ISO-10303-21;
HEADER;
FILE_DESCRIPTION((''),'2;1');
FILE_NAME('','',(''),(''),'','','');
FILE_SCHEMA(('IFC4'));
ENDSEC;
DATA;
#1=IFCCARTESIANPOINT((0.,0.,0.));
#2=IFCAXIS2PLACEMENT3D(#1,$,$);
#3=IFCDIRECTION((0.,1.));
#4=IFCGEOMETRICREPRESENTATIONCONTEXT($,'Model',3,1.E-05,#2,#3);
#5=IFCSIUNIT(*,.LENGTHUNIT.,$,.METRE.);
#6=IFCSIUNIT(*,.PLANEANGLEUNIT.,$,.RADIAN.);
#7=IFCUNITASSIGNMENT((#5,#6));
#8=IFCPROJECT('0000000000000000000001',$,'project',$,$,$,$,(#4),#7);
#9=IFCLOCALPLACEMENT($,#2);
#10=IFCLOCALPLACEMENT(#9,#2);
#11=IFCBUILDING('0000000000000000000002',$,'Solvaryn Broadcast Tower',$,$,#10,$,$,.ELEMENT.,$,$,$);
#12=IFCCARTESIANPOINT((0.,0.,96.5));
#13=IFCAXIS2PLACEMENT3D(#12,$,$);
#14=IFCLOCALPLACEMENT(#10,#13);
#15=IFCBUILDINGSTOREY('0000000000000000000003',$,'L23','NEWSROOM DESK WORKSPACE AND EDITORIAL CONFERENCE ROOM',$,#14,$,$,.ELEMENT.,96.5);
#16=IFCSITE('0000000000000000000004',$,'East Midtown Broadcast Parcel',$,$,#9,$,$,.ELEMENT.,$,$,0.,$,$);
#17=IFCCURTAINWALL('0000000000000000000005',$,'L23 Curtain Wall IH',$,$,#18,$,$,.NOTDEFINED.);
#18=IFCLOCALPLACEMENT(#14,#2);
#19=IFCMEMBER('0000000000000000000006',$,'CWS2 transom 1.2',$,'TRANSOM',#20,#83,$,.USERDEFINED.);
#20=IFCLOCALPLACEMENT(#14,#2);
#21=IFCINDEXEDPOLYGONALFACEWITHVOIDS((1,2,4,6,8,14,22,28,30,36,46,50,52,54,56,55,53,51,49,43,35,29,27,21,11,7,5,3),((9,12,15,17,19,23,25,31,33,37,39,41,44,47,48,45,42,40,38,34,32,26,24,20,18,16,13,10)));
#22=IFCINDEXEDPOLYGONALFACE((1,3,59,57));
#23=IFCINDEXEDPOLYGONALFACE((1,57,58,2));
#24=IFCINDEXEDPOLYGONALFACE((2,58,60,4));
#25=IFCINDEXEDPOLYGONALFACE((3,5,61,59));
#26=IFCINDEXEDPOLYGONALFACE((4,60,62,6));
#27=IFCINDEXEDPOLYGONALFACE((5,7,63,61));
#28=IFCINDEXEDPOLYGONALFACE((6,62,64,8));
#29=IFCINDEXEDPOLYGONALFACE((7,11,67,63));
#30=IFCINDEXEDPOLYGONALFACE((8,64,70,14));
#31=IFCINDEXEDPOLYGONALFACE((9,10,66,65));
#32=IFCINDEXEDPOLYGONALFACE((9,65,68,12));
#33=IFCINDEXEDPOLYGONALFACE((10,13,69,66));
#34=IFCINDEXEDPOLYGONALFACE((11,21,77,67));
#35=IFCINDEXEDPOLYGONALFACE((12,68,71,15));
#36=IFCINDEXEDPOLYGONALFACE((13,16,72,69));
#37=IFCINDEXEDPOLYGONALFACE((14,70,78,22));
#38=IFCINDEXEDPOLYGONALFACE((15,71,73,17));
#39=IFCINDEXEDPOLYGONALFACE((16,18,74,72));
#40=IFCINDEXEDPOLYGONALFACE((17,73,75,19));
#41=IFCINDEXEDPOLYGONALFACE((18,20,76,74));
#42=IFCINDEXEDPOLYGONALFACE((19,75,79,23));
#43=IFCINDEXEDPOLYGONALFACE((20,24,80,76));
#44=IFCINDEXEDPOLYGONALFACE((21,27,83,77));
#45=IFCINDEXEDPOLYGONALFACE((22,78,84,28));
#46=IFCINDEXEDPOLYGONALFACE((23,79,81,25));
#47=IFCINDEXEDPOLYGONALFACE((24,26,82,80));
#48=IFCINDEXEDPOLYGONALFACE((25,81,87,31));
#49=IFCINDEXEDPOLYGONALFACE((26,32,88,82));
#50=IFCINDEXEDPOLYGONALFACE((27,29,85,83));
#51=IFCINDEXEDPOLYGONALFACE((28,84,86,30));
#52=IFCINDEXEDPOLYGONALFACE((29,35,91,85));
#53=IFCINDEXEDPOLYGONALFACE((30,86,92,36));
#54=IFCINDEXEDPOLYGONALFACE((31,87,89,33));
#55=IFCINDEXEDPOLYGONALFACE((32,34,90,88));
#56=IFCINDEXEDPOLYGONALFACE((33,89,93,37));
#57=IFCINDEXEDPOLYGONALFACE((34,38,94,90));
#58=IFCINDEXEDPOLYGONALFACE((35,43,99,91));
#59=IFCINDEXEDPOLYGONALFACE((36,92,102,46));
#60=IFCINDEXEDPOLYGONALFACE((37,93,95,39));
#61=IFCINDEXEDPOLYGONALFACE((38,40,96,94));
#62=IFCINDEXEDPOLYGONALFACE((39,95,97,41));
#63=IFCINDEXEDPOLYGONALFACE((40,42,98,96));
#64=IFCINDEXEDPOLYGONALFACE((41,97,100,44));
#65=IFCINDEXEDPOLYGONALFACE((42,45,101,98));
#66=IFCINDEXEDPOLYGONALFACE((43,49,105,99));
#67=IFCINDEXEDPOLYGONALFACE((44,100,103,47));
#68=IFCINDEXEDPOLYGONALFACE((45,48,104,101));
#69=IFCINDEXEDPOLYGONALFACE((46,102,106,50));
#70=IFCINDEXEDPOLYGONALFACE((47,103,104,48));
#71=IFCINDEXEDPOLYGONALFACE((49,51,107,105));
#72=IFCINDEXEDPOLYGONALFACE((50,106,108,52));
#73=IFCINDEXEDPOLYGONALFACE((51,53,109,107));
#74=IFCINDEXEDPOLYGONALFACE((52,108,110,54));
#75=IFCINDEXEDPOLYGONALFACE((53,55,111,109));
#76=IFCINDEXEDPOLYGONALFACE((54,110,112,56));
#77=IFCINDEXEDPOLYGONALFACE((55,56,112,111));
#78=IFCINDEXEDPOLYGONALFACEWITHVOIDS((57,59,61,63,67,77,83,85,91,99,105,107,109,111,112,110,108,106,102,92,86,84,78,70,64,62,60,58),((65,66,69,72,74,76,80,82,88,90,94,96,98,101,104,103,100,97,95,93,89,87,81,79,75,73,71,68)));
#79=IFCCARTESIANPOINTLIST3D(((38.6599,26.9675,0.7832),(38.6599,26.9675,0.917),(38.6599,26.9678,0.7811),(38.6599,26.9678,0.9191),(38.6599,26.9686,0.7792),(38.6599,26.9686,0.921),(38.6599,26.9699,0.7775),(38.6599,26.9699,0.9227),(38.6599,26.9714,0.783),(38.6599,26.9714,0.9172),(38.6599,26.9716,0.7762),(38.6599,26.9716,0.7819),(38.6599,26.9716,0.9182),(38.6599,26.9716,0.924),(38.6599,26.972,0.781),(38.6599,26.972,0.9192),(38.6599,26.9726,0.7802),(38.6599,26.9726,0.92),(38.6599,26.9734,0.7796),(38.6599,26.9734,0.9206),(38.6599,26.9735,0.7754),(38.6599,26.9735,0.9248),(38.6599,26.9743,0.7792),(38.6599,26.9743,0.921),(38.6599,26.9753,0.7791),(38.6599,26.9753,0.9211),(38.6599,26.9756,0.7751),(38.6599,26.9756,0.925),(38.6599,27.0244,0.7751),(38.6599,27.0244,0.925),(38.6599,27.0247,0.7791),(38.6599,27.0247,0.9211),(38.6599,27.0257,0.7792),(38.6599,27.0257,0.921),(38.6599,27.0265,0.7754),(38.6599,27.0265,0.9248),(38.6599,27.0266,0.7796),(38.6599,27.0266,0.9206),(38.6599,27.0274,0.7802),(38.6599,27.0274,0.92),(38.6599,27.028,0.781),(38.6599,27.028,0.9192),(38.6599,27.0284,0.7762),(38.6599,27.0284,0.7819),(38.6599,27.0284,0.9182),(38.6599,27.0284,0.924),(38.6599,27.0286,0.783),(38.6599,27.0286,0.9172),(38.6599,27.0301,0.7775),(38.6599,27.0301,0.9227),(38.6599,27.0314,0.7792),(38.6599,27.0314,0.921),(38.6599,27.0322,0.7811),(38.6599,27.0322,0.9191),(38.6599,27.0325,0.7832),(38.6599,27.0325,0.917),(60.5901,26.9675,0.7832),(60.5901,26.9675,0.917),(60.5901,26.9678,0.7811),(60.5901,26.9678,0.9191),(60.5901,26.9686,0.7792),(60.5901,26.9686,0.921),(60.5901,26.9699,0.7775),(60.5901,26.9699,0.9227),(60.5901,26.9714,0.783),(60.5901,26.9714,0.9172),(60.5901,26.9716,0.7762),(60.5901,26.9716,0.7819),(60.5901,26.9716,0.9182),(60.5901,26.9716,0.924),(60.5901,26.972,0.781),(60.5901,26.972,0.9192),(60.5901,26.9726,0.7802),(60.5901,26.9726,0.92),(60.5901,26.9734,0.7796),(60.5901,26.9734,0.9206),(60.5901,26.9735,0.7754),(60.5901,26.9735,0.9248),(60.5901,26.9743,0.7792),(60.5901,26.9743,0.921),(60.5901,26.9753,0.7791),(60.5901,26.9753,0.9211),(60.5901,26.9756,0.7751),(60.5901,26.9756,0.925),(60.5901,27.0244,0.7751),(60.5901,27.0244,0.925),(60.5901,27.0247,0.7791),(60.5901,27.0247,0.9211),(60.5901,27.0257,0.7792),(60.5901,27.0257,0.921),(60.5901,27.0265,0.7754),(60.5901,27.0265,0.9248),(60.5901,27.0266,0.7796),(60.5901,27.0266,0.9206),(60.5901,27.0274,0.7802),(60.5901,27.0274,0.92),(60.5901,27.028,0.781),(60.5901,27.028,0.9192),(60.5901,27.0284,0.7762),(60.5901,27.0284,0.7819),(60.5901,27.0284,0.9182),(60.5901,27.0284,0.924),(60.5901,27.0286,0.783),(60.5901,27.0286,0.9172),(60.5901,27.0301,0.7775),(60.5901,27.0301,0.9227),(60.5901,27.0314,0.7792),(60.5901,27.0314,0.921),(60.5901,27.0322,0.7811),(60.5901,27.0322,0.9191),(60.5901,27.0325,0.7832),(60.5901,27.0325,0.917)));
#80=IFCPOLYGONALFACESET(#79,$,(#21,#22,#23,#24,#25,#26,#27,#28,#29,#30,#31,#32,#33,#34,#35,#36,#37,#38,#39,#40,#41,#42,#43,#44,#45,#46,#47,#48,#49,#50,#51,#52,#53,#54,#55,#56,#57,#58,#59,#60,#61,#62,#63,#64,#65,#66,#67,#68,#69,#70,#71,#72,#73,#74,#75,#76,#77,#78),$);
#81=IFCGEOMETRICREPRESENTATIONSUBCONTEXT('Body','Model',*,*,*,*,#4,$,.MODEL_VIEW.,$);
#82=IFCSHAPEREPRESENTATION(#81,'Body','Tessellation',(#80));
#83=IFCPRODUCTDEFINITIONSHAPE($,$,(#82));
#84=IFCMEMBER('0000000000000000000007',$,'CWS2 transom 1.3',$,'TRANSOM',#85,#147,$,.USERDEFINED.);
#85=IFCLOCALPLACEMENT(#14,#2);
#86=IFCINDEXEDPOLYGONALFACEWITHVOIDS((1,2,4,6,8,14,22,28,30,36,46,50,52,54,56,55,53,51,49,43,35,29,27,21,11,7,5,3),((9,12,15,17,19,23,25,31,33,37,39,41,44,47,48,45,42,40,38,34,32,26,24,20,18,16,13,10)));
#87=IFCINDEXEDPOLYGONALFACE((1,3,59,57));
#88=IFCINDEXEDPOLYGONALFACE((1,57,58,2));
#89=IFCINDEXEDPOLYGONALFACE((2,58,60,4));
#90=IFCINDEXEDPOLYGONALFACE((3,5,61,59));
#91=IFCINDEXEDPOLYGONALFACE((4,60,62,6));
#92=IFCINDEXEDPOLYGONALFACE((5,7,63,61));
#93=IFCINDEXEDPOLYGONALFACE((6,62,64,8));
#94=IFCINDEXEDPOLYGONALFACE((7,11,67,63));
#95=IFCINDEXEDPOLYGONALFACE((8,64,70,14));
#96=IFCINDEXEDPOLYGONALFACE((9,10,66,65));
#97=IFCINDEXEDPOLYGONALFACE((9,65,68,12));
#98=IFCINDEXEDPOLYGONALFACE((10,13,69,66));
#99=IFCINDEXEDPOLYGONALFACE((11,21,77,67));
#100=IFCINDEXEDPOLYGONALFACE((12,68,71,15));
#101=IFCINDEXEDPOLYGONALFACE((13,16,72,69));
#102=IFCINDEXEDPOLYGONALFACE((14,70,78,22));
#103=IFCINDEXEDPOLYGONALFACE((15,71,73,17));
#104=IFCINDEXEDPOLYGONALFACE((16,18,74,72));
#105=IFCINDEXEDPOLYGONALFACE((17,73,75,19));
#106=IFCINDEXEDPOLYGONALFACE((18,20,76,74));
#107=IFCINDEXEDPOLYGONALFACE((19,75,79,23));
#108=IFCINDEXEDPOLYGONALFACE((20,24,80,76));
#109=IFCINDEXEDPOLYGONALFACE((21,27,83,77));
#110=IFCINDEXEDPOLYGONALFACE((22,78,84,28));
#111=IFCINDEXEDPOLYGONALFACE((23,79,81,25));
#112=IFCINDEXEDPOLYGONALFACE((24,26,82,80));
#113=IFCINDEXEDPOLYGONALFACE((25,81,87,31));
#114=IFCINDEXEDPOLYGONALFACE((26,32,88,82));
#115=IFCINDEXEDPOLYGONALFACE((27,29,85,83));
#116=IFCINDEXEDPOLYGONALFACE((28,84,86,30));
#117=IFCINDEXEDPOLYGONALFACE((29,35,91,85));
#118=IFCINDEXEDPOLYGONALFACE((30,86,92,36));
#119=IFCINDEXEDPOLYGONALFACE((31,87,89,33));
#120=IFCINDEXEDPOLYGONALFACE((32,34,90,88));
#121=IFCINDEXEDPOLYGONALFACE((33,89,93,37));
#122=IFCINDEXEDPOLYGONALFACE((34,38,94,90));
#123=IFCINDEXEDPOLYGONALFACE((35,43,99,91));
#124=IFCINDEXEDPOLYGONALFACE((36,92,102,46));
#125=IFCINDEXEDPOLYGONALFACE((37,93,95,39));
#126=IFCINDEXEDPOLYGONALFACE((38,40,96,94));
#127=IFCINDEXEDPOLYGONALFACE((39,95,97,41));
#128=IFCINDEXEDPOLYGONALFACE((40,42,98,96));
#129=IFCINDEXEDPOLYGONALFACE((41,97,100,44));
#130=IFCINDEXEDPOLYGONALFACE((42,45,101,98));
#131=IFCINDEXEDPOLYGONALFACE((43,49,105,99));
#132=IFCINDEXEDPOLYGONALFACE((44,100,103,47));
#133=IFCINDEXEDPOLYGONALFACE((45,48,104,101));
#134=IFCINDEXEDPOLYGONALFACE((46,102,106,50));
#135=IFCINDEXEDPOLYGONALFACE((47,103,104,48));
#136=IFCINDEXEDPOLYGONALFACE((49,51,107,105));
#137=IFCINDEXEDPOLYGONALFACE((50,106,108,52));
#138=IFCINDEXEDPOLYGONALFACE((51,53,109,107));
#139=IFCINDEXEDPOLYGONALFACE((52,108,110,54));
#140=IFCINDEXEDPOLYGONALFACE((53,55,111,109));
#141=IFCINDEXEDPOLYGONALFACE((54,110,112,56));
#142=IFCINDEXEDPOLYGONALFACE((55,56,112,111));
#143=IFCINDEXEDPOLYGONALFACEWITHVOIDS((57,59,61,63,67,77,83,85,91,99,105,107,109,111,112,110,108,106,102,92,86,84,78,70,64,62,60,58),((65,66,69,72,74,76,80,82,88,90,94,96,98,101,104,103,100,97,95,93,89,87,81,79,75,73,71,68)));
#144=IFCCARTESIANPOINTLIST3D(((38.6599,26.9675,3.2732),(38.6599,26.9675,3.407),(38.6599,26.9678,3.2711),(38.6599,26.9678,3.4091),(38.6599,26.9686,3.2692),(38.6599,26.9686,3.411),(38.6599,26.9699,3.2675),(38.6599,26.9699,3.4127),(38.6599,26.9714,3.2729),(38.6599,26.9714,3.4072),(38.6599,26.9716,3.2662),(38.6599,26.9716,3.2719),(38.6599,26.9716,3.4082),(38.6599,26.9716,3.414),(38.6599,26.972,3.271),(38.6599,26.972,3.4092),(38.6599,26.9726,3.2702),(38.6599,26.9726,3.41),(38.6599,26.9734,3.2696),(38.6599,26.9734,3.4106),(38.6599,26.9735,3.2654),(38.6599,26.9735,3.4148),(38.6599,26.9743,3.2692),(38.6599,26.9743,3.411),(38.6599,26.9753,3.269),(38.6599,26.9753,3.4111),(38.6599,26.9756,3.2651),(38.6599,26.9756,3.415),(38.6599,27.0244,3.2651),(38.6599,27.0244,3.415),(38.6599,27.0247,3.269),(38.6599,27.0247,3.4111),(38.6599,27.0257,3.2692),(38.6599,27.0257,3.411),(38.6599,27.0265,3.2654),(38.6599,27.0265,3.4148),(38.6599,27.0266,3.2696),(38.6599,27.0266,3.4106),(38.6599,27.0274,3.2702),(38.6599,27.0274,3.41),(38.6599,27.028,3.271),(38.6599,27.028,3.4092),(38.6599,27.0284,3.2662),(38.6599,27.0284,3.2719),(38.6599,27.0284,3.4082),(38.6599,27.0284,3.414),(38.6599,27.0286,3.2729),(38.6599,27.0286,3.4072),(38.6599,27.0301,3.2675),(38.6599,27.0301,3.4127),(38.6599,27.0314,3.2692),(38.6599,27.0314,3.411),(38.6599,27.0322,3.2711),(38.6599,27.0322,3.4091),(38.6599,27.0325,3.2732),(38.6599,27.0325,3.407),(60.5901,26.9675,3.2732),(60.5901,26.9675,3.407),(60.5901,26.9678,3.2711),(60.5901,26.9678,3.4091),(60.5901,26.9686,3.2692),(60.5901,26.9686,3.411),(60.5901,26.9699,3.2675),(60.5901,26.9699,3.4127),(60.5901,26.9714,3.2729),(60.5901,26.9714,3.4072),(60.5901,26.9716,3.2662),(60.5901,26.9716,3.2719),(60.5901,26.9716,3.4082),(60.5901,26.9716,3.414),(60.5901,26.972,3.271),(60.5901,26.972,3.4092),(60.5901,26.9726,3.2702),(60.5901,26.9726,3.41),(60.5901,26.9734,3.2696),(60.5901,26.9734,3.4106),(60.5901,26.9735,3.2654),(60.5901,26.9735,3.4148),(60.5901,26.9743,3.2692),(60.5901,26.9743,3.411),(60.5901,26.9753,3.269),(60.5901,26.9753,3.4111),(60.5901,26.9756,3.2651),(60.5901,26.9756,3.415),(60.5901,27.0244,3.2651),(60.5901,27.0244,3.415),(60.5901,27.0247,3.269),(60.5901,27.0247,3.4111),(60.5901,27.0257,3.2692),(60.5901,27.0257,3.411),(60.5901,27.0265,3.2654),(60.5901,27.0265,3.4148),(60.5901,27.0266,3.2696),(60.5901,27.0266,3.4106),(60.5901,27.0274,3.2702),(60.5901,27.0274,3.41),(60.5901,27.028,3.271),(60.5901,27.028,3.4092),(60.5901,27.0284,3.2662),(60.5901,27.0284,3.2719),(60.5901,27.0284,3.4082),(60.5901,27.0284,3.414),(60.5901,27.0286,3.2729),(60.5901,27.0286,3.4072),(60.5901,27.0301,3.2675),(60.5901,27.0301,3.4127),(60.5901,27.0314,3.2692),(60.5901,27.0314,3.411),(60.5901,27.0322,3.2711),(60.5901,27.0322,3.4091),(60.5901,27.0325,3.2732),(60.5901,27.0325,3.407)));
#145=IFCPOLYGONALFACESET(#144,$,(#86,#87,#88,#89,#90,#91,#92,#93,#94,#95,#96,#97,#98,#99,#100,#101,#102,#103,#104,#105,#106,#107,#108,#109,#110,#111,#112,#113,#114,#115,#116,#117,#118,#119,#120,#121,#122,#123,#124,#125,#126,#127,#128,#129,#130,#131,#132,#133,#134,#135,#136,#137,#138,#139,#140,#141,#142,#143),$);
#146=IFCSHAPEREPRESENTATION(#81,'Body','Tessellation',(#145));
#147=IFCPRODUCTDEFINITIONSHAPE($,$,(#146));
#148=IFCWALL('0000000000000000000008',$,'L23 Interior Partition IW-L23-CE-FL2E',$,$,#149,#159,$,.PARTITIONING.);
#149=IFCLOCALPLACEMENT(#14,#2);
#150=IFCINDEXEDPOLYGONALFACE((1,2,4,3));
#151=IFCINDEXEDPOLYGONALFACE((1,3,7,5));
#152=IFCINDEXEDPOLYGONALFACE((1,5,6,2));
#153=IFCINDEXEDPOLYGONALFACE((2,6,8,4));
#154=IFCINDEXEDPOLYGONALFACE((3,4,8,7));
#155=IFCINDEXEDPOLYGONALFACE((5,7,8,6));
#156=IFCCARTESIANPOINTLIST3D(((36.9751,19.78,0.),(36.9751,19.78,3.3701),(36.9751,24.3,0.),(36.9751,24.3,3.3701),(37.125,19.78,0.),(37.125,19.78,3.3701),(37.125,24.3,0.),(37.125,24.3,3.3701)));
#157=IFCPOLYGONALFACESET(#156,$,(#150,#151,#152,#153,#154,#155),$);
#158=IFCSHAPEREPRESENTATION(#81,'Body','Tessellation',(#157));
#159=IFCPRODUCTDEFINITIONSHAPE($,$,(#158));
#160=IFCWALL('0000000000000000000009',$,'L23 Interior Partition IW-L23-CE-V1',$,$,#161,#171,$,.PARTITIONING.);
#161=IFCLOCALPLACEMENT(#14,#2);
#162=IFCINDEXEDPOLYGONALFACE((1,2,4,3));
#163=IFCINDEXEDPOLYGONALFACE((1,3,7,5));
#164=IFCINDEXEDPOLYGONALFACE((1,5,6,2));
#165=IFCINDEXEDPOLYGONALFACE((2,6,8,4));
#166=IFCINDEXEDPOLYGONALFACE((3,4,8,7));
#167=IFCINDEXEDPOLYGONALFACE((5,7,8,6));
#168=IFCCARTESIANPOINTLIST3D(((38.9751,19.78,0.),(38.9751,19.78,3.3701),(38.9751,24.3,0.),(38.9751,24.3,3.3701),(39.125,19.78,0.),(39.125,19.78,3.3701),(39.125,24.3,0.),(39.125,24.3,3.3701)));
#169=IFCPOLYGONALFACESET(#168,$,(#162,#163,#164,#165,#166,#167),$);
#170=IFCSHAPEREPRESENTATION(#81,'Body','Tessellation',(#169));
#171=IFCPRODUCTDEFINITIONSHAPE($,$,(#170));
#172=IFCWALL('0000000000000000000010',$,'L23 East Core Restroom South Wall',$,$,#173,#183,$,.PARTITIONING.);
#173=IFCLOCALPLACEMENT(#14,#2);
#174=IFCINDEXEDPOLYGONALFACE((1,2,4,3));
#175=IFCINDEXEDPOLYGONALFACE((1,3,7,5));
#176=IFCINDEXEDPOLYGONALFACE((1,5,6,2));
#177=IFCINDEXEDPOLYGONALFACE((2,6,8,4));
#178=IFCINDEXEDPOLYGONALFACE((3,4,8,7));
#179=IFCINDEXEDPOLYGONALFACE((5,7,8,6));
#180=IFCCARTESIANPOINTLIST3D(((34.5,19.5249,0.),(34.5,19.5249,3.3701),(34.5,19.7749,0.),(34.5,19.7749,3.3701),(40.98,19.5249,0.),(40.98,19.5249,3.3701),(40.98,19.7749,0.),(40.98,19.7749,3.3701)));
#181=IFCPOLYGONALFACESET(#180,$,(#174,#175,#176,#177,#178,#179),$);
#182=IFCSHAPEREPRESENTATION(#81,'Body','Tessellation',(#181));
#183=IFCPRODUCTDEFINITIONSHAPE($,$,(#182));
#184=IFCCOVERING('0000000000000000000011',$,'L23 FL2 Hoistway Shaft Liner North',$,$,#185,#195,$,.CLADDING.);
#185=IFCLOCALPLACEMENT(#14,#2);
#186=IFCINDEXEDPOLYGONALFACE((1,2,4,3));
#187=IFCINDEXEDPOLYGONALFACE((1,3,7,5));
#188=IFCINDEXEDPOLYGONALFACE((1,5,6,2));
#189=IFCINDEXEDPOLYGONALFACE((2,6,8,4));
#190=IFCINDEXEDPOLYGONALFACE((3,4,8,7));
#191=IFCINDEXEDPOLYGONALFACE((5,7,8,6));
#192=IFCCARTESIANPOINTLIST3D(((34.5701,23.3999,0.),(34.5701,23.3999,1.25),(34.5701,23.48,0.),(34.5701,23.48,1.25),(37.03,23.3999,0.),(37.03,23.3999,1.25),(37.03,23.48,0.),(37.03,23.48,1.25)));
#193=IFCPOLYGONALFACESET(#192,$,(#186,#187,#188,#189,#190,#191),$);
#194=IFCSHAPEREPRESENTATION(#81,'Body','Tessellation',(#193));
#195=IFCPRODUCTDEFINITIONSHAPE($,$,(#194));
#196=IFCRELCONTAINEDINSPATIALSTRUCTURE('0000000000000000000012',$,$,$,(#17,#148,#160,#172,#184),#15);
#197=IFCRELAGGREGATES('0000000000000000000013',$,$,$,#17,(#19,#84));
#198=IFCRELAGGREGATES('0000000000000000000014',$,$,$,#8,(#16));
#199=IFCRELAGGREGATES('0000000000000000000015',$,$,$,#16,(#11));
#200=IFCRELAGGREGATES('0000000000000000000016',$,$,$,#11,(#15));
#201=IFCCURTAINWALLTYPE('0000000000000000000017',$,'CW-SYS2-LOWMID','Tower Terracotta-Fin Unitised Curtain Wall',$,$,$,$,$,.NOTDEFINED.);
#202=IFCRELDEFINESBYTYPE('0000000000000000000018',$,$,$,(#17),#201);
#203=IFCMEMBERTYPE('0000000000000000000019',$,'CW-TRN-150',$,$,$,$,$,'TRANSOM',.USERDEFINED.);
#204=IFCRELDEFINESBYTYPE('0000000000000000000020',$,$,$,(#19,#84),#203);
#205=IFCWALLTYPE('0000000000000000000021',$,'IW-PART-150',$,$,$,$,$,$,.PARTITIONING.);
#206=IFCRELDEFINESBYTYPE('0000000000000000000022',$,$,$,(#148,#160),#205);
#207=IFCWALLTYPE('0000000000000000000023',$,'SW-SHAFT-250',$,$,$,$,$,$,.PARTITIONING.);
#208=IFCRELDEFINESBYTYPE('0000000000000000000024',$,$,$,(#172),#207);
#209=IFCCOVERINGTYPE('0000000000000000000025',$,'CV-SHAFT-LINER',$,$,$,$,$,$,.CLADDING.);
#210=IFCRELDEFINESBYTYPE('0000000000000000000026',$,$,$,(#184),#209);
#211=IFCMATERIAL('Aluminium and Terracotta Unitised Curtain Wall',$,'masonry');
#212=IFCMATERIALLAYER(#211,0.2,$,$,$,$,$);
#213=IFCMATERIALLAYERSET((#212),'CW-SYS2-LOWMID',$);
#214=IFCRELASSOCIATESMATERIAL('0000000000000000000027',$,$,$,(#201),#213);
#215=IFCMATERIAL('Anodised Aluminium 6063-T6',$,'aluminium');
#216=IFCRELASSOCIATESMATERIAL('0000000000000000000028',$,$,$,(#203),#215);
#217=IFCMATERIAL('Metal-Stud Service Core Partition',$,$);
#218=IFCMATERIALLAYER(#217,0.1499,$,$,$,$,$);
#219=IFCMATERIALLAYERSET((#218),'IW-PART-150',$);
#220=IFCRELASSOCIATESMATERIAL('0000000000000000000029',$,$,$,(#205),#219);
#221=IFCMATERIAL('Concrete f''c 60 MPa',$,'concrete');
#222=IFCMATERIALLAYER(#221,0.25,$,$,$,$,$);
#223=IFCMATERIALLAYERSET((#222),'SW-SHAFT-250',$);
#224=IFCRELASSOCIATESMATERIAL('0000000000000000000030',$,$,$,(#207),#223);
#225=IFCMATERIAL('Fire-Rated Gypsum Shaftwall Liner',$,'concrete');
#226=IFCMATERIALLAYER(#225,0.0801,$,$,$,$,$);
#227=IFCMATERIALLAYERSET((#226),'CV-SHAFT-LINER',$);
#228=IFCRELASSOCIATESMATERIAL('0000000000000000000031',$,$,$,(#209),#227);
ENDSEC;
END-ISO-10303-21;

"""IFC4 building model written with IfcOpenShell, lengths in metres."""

from ifc_helpers import new_model, si_unit, direction, frame, frame_2d, origin, origin_2d, place, context, subcontext, project, spatial, rectangle, hollow_rectangle, extrude, material, layer, layer_set, material_profile, profile_set, type_object, element, aggregate, save


model = new_model("IFC4")

# Units and contexts
model_context = context("Model", 3, precision=1e-05, world=origin(), true_north=direction((0.0, 1.0)))
body_context = subcontext(model_context, "Body", "Model", "MODEL_VIEW")
ifc_project = project(units=[si_unit("LENGTHUNIT", "METRE"), si_unit("PLANEANGLEUNIT", "RADIAN")], contexts=[model_context])

# Site, building, storey
site_placement = place(None, origin())
site = spatial("IfcSite", under=ifc_project, at=site_placement, Name="East Midtown Broadcast Parcel", CompositionType="ELEMENT", RefElevation=0.0)
building_placement = place(site_placement, origin())
building = spatial("IfcBuilding", under=site, at=building_placement, Name="Solvaryn Broadcast Tower", CompositionType="ELEMENT")
storey_placement = place(building_placement, frame((0.0, 0.0, 96.5)))
storey = spatial("IfcBuildingStorey", under=building, at=storey_placement, Name="L23", Description="NEWSROOM DESK WORKSPACE AND EDITORIAL CONFERENCE ROOM", CompositionType="ELEMENT", Elevation=96.5)

# Curtain wall
ifc_material_1 = material(Name="Aluminium and Terracotta Unitised Curtain Wall", Category="masonry")
ifc_layer_1 = layer(ifc_material_1, 0.2)
ifc_layer_set_1 = layer_set([ifc_layer_1], Name="CW-SYS2-LOWMID")
curtain_wall_type = type_object("IfcCurtainWallType", Name="CW-SYS2-LOWMID", Description="Tower Terracotta-Fin Unitised Curtain Wall", PredefinedType="NOTDEFINED", material=ifc_layer_set_1)
curtain_wall_1_placement = place(storey_placement, origin())
curtain_wall_1 = element("IfcCurtainWall", 1, at=curtain_wall_1_placement, inside=storey, type_object=curtain_wall_type, Name="L23 Curtain Wall IH", PredefinedType="NOTDEFINED")

# Members
ifc_material_2 = material(Name="Anodised Aluminium 6063-T6", Category="aluminium")
ifc_material_profile_1 = material_profile(ifc_material_2, hollow_rectangle(XDim=0.0649, YDim=0.1499, WallThickness=0.0039, InnerFilletRadius=0.0039, OuterFilletRadius=0.0081, at=origin_2d()))
ifc_profile_set_1 = profile_set([ifc_material_profile_1], Name="Anodised Aluminium 6063-T6")
member_type_1 = type_object("IfcMemberType", Name="CW-TRN-150", ElementType="TRANSOM", PredefinedType="USERDEFINED", material=ifc_profile_set_1)
member_1_placement = place(storey_placement, frame((38.6599, 27.0, 0.8501), z_axis=(1.0, 0.0, 0.0), x_axis=(0.0, 1.0, 0.0)))
member_1 = element("IfcMember", 2, at=member_1_placement, type_object=member_type_1, Name="CWS2 transom 1.2", ObjectType="TRANSOM", PredefinedType="USERDEFINED", context=body_context, shape_type="SweptSolid", body=[
    extrude(hollow_rectangle(XDim=0.0649, YDim=0.1499, WallThickness=0.0039, InnerFilletRadius=0.0039, OuterFilletRadius=0.0081, at=origin_2d()), origin(), (0.0, 0.0, 1.0), 21.9302),
])
member_2_placement = place(storey_placement, frame((38.6599, 27.0, 3.3401), z_axis=(1.0, 0.0, 0.0), x_axis=(0.0, 1.0, 0.0)))
member_2 = element("IfcMember", 3, at=member_2_placement, type_object=member_type_1, Name="CWS2 transom 1.3", ObjectType="TRANSOM", PredefinedType="USERDEFINED", context=body_context, shape_type="SweptSolid", body=[
    extrude(hollow_rectangle(XDim=0.0649, YDim=0.1499, WallThickness=0.0039, InnerFilletRadius=0.0039, OuterFilletRadius=0.0081, at=origin_2d()), origin(), (0.0, 0.0, 1.0), 21.9302),
])
aggregate(curtain_wall_1, [member_1, member_2])

# Walls
ifc_material_3 = material(Name="Metal-Stud Service Core Partition")
ifc_layer_2 = layer(ifc_material_3, 0.1499)
ifc_layer_set_2 = layer_set([ifc_layer_2], Name="IW-PART-150")
wall_type_1 = type_object("IfcWallType", Name="IW-PART-150", PredefinedType="PARTITIONING", material=ifc_layer_set_2)
for number, where, z_axis, x_axis, name in (
    (4, (37.05, 19.78, 0.0), (0.0, 0.0, 1.0), (0.0, 1.0, 0.0), "L23 Interior Partition IW-L23-CE-FL2E"),
    (5, (39.05, 19.78, 0.0), (0.0, 0.0, 1.0), (0.0, 1.0, 0.0), "L23 Interior Partition IW-L23-CE-V1"),
):
    element("IfcWall", number, at=place(storey_placement, frame(where, z_axis=z_axis, x_axis=x_axis)), inside=storey, type_object=wall_type_1, Name=name, PredefinedType="PARTITIONING", context=body_context, shape_type="SweptSolid", body=[
        extrude(rectangle(XDim=4.52, YDim=0.1499, at=frame_2d((2.26, 0.0))), origin(), (0.0, 0.0, 1.0), 3.3701),
    ])

# Shared definitions
ifc_material_4 = material(Name="Concrete f'c 60 MPa", Category="concrete")
ifc_layer_3 = layer(ifc_material_4, 0.25)
ifc_layer_set_3 = layer_set([ifc_layer_3], Name="SW-SHAFT-250")
wall_type_2 = type_object("IfcWallType", Name="SW-SHAFT-250", PredefinedType="PARTITIONING", material=ifc_layer_set_3)

# Wall
wall_1_placement = place(storey_placement, frame((34.5, 19.6499, 0.0), z_axis=(0.0, 0.0, 1.0), x_axis=(1.0, 0.0, 0.0)))
element("IfcWall", 6, at=wall_1_placement, inside=storey, type_object=wall_type_2, Name="L23 East Core Restroom South Wall", PredefinedType="PARTITIONING", context=body_context, shape_type="SweptSolid", body=[
    extrude(rectangle(XDim=6.48, YDim=0.25, at=frame_2d((3.24, 0.0))), origin(), (0.0, 0.0, 1.0), 3.3701),
])

# Covering
ifc_material_5 = material(Name="Fire-Rated Gypsum Shaftwall Liner", Category="concrete")
ifc_layer_4 = layer(ifc_material_5, 0.0801)
ifc_layer_set_4 = layer_set([ifc_layer_4], Name="CV-SHAFT-LINER")
covering_type_1 = type_object("IfcCoveringType", Name="CV-SHAFT-LINER", PredefinedType="CLADDING", material=ifc_layer_set_4)
for number, where, z_axis, x_axis, name in (
    (7, (35.8, 23.4399, 0.0), (0.0, 0.0, 1.0), (1.0, 0.0, 0.0), "L23 FL2 Hoistway Shaft Liner North"),
):
    element("IfcCovering", number, at=place(storey_placement, frame(where, z_axis=z_axis, x_axis=x_axis)), inside=storey, type_object=covering_type_1, Name=name, PredefinedType="CLADDING", context=body_context, shape_type="SweptSolid", body=[
        extrude(rectangle(XDim=2.46, YDim=0.0801, at=origin_2d()), origin(), (0.0, 0.0, 1.0), 1.25),
    ])

save(model, "model.ifc")
